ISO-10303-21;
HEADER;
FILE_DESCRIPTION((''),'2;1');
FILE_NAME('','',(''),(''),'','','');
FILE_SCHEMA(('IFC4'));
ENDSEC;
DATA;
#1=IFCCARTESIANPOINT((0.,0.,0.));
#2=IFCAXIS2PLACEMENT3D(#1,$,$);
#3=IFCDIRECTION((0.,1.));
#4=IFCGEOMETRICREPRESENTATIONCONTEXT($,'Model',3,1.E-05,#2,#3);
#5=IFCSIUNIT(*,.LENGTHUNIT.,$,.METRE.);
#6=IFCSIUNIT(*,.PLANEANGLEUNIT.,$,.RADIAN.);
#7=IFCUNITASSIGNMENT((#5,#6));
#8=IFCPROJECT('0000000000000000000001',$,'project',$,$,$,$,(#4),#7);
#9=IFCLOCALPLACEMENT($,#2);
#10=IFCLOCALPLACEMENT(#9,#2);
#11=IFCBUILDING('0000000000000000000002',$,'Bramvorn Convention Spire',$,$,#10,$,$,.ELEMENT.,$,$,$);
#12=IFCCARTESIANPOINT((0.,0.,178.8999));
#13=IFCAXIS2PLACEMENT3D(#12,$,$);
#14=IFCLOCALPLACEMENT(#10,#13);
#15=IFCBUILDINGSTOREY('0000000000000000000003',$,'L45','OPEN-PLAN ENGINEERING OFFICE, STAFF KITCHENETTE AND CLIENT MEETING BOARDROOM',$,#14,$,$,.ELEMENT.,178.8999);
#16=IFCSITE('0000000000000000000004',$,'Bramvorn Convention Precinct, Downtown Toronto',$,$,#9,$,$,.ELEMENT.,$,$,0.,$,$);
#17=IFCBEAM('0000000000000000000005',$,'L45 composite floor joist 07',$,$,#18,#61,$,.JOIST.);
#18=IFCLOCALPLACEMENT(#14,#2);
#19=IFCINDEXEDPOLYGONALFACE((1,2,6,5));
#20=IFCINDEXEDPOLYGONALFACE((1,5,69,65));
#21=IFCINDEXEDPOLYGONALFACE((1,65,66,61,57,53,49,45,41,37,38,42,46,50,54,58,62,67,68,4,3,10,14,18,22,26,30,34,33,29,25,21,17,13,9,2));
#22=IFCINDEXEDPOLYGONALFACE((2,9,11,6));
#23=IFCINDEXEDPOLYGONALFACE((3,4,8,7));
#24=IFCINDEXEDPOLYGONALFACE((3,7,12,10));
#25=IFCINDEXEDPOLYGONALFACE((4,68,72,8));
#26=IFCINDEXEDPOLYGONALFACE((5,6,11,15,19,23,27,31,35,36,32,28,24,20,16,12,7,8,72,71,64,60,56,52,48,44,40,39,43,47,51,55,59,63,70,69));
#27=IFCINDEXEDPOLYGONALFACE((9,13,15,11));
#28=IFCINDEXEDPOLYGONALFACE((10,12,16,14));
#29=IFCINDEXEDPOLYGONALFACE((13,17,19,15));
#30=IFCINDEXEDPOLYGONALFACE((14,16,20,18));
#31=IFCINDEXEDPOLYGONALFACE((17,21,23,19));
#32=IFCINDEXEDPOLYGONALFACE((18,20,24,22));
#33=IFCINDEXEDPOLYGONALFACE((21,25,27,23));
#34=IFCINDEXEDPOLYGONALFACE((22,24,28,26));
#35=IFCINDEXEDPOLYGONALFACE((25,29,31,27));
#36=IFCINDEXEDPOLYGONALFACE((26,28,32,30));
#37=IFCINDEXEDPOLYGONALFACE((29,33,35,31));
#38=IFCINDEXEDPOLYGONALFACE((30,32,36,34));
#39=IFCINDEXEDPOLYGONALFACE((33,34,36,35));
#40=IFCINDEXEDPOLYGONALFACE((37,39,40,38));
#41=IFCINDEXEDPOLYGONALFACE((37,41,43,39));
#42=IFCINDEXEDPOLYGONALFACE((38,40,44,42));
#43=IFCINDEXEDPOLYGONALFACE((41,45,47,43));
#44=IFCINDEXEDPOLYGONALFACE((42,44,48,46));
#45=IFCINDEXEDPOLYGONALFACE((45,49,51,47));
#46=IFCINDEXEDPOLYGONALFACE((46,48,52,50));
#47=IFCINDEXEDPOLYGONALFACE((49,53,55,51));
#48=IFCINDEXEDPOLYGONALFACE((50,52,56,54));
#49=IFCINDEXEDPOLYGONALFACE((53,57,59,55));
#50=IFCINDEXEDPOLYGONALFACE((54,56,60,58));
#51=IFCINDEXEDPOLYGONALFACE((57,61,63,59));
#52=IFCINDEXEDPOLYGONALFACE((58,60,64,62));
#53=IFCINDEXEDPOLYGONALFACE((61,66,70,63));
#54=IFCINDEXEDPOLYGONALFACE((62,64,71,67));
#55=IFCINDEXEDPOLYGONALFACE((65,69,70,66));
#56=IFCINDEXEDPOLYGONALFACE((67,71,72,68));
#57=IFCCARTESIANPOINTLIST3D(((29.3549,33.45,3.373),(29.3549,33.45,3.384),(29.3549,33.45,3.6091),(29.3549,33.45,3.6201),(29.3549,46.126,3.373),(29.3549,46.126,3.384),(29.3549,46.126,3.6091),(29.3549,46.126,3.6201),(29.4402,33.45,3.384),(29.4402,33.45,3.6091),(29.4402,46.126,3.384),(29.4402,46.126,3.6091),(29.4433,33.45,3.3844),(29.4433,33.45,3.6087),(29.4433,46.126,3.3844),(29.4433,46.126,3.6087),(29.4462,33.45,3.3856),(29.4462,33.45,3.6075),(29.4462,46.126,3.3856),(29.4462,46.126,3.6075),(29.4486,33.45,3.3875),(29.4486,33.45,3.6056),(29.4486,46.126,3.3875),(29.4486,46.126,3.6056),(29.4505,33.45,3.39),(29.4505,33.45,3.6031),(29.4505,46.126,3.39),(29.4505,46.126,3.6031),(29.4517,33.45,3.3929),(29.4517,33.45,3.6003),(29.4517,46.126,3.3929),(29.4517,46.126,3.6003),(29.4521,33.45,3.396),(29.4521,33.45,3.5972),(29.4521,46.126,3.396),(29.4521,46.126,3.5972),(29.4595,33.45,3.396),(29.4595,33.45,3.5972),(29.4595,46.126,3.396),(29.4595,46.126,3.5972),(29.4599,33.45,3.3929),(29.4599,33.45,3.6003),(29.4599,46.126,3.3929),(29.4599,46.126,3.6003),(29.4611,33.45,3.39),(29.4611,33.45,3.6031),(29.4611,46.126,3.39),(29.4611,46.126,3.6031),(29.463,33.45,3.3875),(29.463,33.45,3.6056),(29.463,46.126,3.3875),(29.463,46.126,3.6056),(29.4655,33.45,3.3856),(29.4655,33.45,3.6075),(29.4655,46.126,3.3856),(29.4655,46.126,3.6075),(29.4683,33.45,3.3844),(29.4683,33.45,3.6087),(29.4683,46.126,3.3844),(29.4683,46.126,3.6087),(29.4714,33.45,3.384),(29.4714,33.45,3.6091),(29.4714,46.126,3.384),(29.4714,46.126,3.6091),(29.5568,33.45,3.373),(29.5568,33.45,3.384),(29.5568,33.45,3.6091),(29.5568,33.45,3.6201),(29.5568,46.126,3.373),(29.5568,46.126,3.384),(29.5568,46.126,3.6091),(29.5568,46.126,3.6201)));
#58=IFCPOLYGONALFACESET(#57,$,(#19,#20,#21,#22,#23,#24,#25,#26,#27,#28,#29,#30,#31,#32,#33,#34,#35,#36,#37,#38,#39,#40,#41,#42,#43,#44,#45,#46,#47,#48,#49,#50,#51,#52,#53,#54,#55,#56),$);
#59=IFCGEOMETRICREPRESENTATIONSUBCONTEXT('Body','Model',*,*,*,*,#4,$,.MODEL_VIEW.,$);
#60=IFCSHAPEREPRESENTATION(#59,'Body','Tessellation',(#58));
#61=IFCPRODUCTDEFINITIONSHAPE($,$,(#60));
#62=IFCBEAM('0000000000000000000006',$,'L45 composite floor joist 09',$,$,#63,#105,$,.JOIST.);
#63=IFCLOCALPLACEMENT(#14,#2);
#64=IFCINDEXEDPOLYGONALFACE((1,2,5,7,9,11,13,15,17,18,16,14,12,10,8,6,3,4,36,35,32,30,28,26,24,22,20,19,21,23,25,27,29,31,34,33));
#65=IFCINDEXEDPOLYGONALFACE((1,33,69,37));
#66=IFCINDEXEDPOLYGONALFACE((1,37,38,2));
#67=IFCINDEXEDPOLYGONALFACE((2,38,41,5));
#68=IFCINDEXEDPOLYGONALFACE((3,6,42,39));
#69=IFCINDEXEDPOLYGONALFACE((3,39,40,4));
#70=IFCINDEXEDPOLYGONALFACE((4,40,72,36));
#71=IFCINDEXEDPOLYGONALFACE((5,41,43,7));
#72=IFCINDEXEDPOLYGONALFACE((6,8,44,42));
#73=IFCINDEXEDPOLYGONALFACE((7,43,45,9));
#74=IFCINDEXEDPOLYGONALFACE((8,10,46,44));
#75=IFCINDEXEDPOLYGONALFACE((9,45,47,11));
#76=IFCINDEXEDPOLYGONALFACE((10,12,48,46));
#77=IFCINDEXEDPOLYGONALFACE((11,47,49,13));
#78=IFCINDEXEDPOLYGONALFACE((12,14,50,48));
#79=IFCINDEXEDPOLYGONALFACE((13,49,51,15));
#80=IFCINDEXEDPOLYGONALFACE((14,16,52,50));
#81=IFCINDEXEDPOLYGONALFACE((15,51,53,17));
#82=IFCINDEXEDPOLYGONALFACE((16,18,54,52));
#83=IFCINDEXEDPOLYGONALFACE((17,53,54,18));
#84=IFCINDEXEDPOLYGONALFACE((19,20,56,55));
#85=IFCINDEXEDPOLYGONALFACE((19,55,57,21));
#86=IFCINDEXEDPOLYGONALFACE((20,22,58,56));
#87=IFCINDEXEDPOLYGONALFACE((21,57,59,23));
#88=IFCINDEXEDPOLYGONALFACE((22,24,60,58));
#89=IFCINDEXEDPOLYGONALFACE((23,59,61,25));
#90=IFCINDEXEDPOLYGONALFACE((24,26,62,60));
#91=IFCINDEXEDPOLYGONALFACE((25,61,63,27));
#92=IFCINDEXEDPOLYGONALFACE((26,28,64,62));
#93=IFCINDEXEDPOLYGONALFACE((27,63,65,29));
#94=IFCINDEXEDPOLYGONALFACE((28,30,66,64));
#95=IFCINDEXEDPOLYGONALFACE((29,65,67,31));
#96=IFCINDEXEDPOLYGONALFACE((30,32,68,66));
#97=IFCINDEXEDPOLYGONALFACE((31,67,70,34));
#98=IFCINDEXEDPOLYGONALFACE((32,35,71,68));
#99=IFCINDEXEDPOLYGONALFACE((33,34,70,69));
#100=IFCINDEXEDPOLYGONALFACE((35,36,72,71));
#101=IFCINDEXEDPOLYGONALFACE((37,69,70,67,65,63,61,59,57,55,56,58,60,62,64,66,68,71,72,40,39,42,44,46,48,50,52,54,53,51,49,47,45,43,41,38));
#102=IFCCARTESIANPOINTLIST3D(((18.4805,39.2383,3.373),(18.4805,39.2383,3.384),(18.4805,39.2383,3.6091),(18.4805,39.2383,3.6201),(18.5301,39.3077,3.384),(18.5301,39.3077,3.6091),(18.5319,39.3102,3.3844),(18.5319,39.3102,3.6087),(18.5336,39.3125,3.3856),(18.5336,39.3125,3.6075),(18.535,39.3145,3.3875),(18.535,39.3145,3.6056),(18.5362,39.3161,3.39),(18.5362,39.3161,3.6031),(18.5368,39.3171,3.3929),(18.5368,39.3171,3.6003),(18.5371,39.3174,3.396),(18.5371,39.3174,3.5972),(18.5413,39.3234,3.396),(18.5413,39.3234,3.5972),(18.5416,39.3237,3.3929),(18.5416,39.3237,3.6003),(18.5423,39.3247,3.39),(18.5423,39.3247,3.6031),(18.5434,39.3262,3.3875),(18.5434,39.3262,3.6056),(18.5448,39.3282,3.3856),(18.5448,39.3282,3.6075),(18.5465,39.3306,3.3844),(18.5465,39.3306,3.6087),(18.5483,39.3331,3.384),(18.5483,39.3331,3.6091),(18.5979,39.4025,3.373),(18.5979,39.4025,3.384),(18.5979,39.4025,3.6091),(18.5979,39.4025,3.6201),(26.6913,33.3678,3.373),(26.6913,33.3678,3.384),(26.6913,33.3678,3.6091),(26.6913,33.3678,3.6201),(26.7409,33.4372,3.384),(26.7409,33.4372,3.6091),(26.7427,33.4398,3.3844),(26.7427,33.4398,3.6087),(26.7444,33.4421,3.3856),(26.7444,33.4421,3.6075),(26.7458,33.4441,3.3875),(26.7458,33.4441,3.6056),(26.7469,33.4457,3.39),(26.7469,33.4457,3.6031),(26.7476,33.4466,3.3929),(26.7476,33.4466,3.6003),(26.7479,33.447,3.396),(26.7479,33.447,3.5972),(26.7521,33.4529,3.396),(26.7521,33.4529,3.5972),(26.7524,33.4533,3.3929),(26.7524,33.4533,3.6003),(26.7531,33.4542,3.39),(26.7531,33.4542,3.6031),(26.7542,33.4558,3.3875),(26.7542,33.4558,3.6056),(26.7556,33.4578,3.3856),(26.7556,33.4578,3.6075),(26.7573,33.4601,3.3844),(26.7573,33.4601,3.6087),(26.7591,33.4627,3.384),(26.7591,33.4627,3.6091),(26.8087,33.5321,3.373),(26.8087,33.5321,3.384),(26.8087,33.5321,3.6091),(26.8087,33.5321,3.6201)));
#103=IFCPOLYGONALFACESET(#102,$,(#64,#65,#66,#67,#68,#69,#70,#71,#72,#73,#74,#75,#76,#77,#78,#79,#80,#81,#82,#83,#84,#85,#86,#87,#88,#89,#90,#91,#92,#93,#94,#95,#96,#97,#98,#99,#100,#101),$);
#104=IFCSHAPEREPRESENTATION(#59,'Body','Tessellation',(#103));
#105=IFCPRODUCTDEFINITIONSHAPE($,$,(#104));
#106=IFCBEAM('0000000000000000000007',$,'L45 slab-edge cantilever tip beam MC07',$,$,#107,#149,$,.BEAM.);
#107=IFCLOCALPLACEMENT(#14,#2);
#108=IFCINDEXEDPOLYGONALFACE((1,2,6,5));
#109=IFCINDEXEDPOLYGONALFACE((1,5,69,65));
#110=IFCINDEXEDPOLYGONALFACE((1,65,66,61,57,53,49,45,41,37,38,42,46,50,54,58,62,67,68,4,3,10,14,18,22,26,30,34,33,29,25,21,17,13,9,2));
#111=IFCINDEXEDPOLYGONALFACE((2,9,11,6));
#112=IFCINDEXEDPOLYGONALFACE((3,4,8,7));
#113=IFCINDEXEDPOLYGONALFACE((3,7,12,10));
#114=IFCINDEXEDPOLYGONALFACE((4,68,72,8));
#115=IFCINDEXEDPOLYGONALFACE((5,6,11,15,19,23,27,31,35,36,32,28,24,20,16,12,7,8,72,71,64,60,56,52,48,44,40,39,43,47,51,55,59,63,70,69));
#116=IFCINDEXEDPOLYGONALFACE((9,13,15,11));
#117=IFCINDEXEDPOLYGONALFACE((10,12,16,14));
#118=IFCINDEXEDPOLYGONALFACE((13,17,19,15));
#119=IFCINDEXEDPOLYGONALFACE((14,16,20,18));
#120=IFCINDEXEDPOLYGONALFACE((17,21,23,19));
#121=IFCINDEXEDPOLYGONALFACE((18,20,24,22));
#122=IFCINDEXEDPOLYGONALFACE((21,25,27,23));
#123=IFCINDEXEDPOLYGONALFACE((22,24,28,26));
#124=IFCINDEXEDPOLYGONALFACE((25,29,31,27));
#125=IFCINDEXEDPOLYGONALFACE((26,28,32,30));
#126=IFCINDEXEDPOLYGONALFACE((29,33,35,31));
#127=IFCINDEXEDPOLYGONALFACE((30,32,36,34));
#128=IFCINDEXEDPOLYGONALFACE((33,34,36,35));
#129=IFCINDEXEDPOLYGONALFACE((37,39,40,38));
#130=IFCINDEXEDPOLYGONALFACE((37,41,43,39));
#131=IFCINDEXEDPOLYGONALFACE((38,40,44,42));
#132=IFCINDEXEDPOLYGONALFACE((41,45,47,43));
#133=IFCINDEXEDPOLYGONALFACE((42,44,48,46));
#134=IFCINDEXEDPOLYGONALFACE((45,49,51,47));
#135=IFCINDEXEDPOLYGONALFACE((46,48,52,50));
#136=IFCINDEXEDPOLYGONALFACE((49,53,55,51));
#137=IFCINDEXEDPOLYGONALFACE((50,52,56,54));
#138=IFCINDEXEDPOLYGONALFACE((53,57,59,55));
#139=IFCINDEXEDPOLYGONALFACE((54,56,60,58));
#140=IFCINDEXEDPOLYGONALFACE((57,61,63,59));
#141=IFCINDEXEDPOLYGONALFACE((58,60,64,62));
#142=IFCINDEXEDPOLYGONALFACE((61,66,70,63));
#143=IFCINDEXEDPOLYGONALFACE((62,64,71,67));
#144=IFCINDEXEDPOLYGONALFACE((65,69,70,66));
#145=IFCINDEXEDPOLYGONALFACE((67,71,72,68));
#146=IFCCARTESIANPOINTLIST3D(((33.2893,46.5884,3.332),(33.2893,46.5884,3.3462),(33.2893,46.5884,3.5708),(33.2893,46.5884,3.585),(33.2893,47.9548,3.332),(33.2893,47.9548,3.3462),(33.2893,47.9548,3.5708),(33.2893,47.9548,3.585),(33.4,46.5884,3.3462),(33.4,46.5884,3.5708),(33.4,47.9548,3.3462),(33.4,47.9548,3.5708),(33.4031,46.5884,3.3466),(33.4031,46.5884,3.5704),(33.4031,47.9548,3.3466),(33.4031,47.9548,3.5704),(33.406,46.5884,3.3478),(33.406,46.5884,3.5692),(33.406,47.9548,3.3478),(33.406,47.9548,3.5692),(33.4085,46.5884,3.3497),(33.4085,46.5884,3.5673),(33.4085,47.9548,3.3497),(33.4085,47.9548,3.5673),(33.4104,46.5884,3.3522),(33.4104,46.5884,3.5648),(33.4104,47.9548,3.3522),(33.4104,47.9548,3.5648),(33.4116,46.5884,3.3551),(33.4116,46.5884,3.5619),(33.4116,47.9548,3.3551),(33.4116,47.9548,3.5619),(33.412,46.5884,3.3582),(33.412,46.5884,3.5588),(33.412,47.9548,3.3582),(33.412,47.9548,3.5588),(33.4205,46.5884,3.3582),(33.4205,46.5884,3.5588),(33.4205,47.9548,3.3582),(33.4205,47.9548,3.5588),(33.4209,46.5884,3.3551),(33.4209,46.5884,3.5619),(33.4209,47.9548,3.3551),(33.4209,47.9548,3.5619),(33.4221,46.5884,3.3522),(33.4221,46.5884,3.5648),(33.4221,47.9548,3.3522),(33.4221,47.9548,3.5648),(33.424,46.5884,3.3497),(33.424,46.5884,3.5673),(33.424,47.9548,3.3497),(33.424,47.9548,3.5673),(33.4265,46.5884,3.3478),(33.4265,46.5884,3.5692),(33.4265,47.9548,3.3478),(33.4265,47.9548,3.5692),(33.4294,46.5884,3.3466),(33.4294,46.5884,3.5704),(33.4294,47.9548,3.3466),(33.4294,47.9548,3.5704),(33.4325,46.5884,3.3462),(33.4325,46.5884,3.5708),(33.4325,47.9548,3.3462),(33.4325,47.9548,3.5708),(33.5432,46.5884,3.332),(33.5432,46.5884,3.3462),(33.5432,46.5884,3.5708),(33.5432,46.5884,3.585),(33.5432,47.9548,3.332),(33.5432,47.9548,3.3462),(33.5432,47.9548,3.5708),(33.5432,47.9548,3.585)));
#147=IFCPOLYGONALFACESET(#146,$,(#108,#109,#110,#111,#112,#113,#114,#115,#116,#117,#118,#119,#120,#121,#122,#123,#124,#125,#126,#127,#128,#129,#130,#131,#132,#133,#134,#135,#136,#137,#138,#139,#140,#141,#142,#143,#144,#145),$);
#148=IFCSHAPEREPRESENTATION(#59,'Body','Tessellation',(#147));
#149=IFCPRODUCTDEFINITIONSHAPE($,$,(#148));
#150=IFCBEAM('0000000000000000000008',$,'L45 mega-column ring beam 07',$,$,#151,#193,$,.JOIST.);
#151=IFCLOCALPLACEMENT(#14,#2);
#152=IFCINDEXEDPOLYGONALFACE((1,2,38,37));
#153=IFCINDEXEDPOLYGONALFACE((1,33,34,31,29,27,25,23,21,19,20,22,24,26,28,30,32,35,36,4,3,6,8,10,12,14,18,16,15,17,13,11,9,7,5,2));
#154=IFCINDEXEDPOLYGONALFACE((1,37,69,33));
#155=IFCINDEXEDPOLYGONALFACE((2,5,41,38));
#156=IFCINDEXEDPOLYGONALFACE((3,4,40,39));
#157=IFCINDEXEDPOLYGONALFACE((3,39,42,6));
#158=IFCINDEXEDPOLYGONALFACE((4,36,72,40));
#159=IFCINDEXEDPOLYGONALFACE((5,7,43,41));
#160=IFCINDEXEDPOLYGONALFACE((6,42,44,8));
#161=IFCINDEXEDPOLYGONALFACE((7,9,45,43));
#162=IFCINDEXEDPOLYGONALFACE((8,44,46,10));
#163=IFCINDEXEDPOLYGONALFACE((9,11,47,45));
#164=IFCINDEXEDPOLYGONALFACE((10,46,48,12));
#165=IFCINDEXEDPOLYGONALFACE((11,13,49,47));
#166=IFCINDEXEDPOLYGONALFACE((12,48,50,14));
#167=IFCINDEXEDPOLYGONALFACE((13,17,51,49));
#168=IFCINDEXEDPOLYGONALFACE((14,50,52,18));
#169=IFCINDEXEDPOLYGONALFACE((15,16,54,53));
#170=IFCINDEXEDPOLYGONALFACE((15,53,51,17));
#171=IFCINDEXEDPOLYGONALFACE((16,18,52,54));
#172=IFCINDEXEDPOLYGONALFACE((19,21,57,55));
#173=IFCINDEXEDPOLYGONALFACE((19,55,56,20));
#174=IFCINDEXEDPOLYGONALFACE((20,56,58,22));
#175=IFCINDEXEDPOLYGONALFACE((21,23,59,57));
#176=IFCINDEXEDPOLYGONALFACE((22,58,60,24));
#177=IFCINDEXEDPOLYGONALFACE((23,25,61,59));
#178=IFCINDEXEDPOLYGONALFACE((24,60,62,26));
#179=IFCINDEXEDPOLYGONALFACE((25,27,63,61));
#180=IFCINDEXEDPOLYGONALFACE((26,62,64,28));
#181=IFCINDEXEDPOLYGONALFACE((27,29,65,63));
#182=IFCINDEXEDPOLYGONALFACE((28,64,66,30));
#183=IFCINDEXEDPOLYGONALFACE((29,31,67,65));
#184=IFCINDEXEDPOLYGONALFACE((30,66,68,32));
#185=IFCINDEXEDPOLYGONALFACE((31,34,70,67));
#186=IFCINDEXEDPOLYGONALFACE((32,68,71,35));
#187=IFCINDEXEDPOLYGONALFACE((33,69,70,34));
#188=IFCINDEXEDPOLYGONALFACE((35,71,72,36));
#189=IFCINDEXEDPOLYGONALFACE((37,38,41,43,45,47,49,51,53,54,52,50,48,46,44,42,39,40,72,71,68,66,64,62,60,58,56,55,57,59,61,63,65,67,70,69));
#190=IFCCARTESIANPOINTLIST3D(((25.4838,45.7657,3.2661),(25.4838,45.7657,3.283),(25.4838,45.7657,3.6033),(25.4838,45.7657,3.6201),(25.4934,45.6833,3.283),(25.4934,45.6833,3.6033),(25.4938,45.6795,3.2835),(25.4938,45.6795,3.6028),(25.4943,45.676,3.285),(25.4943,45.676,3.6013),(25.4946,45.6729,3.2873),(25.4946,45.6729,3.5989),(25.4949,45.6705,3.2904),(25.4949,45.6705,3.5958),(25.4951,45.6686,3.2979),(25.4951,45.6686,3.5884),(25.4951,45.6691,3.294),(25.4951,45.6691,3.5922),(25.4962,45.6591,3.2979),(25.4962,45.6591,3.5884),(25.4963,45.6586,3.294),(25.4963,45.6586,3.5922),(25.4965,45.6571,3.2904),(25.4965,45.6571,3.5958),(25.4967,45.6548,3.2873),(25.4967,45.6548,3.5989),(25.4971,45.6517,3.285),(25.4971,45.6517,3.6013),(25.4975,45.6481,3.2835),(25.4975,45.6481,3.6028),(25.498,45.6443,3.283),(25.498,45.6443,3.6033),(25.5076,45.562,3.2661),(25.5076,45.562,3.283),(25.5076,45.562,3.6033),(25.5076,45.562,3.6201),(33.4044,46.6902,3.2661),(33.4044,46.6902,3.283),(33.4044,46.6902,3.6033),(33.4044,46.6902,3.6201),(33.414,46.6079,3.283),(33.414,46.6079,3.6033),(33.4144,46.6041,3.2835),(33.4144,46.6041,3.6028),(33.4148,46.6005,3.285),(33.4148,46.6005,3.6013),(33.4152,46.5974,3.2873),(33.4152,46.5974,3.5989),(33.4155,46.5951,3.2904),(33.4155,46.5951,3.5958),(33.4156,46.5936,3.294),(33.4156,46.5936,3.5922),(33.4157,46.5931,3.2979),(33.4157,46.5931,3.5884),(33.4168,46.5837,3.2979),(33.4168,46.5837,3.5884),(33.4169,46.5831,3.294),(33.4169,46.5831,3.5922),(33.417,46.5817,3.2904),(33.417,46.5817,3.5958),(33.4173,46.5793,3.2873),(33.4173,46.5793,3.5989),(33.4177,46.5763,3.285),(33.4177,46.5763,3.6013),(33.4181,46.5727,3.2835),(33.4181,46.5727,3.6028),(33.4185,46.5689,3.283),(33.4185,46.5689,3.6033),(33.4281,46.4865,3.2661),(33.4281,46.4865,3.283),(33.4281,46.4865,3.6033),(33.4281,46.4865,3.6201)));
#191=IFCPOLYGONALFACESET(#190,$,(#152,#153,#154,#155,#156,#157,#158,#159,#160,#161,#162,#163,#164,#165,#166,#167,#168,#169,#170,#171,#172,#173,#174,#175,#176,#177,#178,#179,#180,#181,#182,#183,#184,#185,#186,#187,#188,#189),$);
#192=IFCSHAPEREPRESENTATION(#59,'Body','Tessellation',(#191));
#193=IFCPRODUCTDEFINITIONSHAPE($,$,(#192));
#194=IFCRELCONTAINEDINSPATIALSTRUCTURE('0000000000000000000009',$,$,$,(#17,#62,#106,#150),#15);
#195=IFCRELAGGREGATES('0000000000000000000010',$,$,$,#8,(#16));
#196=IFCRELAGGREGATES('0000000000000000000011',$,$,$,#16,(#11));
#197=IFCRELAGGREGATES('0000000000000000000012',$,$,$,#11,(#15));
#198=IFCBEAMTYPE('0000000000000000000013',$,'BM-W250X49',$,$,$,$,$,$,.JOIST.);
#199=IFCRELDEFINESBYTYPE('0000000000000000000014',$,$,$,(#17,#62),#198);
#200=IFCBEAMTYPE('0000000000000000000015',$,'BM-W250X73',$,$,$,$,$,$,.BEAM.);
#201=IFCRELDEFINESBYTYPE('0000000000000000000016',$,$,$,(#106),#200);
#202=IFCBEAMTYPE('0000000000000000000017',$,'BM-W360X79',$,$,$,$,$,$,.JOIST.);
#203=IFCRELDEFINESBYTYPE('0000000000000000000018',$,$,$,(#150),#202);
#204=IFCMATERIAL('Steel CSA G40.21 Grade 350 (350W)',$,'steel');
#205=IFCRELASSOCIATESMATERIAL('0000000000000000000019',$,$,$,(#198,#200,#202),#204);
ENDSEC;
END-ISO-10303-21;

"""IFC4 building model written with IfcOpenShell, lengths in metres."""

from ifc_helpers import new_model, si_unit, direction, frame, origin, origin_2d, place, context, subcontext, project, spatial, i_section, extrude, material, material_profile, profile_set, type_object, element, save


model = new_model("IFC4")

# Units and contexts
model_context = context("Model", 3, precision=1e-05, world=origin(), true_north=direction((0.0, 1.0)))
body_context = subcontext(model_context, "Body", "Model", "MODEL_VIEW")
ifc_project = project(units=[si_unit("LENGTHUNIT", "METRE"), si_unit("PLANEANGLEUNIT", "RADIAN")], contexts=[model_context])

# Site, building, storey
site_placement = place(None, origin())
site = spatial("IfcSite", under=ifc_project, at=site_placement, Name="Bramvorn Convention Precinct, Downtown Toronto", CompositionType="ELEMENT", RefElevation=0.0)
building_placement = place(site_placement, origin())
building = spatial("IfcBuilding", under=site, at=building_placement, Name="Bramvorn Convention Spire", CompositionType="ELEMENT")
storey_placement = place(building_placement, frame((0.0, 0.0, 178.8999)))
storey = spatial("IfcBuildingStorey", under=building, at=storey_placement, Name="L45", Description="OPEN-PLAN ENGINEERING OFFICE, STAFF KITCHENETTE AND CLIENT MEETING BOARDROOM", CompositionType="ELEMENT", Elevation=178.8999)

# Shared definitions
ifc_material_1 = material(Name="Steel CSA G40.21 Grade 350 (350W)", Category="steel")

# Beams
ifc_material_profile_1 = material_profile(ifc_material_1, i_section(OverallWidth=0.2019, OverallDepth=0.2471, WebThickness=0.0073, FlangeThickness=0.011, FilletRadius=0.012, at=origin_2d()))
ifc_profile_set_1 = profile_set([ifc_material_profile_1], Name="Steel CSA G40.21 Grade 350 (350W) - W250X49")
beam_type_1 = type_object("IfcBeamType", Name="BM-W250X49", PredefinedType="JOIST", material=ifc_profile_set_1)
beam_1_placement = place(storey_placement, frame((29.4558, 33.45, 3.4966), z_axis=(0.0, 1.0, 0.0), x_axis=(-1.0, 0.0, 0.0)))
element("IfcBeam", 1, at=beam_1_placement, inside=storey, type_object=beam_type_1, Name="L45 composite floor joist 07", PredefinedType="JOIST", context=body_context, shape_type="SweptSolid", body=[
    extrude(i_section(OverallWidth=0.2019, OverallDepth=0.2471, WebThickness=0.0073, FlangeThickness=0.011, FilletRadius=0.012, at=origin_2d()), origin(), (0.0, 0.0, 1.0), 12.676),
])
beam_2_placement = place(storey_placement, frame((26.75, 33.45, 3.4966), z_axis=(-0.813472, 0.581604, 0.0), x_axis=(-0.581604, -0.813472, 0.0)))
element("IfcBeam", 2, at=beam_2_placement, inside=storey, type_object=beam_type_1, Name="L45 composite floor joist 09", PredefinedType="JOIST", context=body_context, shape_type="SweptSolid", body=[
    extrude(i_section(OverallWidth=0.2019, OverallDepth=0.2471, WebThickness=0.0073, FlangeThickness=0.011, FilletRadius=0.012, at=origin_2d()), origin(), (0.0, 0.0, 1.0), 10.0935),
])
ifc_material_profile_2 = material_profile(ifc_material_1, i_section(OverallWidth=0.2539, OverallDepth=0.2529, WebThickness=0.0085, FlangeThickness=0.0142, FilletRadius=0.012, at=origin_2d()))
ifc_profile_set_2 = profile_set([ifc_material_profile_2], Name="Steel CSA G40.21 Grade 350 (350W) - W250X73")
beam_type_2 = type_object("IfcBeamType", Name="BM-W250X73", PredefinedType="BEAM", material=ifc_profile_set_2)
beam_3_placement = place(storey_placement, frame((33.4163, 46.5884, 3.4585), z_axis=(0.0, 1.0, 0.0), x_axis=(-1.0, 0.0, 0.0)))
element("IfcBeam", 3, at=beam_3_placement, inside=storey, type_object=beam_type_2, Name="L45 slab-edge cantilever tip beam MC07", PredefinedType="BEAM", context=body_context, shape_type="SweptSolid", body=[
    extrude(i_section(OverallWidth=0.2539, OverallDepth=0.2529, WebThickness=0.0085, FlangeThickness=0.0142, FilletRadius=0.012, at=origin_2d()), origin(), (0.0, 0.0, 1.0), 1.3665),
])
ifc_material_profile_3 = material_profile(ifc_material_1, i_section(OverallWidth=0.2051, OverallDepth=0.354, WebThickness=0.0095, FlangeThickness=0.0168, FilletRadius=0.0149, at=origin_2d()))
ifc_profile_set_3 = profile_set([ifc_material_profile_3], Name="Steel CSA G40.21 Grade 350 (350W) - W360X79")
beam_type_3 = type_object("IfcBeamType", Name="BM-W360X79", PredefinedType="JOIST", material=ifc_profile_set_3)
beam_4_placement = place(storey_placement, frame((33.4163, 46.5884, 3.4431), z_axis=(-0.993256, -0.115941, 0.0), x_axis=(0.115941, -0.993256, 0.0)))
element("IfcBeam", 4, at=beam_4_placement, inside=storey, type_object=beam_type_3, Name="L45 mega-column ring beam 07", PredefinedType="JOIST", context=body_context, shape_type="SweptSolid", body=[
    extrude(i_section(OverallWidth=0.2051, OverallDepth=0.354, WebThickness=0.0095, FlangeThickness=0.0168, FilletRadius=0.0149, at=origin_2d()), origin(), (0.0, 0.0, 1.0), 7.9744),
])

save(model, "model.ifc")
